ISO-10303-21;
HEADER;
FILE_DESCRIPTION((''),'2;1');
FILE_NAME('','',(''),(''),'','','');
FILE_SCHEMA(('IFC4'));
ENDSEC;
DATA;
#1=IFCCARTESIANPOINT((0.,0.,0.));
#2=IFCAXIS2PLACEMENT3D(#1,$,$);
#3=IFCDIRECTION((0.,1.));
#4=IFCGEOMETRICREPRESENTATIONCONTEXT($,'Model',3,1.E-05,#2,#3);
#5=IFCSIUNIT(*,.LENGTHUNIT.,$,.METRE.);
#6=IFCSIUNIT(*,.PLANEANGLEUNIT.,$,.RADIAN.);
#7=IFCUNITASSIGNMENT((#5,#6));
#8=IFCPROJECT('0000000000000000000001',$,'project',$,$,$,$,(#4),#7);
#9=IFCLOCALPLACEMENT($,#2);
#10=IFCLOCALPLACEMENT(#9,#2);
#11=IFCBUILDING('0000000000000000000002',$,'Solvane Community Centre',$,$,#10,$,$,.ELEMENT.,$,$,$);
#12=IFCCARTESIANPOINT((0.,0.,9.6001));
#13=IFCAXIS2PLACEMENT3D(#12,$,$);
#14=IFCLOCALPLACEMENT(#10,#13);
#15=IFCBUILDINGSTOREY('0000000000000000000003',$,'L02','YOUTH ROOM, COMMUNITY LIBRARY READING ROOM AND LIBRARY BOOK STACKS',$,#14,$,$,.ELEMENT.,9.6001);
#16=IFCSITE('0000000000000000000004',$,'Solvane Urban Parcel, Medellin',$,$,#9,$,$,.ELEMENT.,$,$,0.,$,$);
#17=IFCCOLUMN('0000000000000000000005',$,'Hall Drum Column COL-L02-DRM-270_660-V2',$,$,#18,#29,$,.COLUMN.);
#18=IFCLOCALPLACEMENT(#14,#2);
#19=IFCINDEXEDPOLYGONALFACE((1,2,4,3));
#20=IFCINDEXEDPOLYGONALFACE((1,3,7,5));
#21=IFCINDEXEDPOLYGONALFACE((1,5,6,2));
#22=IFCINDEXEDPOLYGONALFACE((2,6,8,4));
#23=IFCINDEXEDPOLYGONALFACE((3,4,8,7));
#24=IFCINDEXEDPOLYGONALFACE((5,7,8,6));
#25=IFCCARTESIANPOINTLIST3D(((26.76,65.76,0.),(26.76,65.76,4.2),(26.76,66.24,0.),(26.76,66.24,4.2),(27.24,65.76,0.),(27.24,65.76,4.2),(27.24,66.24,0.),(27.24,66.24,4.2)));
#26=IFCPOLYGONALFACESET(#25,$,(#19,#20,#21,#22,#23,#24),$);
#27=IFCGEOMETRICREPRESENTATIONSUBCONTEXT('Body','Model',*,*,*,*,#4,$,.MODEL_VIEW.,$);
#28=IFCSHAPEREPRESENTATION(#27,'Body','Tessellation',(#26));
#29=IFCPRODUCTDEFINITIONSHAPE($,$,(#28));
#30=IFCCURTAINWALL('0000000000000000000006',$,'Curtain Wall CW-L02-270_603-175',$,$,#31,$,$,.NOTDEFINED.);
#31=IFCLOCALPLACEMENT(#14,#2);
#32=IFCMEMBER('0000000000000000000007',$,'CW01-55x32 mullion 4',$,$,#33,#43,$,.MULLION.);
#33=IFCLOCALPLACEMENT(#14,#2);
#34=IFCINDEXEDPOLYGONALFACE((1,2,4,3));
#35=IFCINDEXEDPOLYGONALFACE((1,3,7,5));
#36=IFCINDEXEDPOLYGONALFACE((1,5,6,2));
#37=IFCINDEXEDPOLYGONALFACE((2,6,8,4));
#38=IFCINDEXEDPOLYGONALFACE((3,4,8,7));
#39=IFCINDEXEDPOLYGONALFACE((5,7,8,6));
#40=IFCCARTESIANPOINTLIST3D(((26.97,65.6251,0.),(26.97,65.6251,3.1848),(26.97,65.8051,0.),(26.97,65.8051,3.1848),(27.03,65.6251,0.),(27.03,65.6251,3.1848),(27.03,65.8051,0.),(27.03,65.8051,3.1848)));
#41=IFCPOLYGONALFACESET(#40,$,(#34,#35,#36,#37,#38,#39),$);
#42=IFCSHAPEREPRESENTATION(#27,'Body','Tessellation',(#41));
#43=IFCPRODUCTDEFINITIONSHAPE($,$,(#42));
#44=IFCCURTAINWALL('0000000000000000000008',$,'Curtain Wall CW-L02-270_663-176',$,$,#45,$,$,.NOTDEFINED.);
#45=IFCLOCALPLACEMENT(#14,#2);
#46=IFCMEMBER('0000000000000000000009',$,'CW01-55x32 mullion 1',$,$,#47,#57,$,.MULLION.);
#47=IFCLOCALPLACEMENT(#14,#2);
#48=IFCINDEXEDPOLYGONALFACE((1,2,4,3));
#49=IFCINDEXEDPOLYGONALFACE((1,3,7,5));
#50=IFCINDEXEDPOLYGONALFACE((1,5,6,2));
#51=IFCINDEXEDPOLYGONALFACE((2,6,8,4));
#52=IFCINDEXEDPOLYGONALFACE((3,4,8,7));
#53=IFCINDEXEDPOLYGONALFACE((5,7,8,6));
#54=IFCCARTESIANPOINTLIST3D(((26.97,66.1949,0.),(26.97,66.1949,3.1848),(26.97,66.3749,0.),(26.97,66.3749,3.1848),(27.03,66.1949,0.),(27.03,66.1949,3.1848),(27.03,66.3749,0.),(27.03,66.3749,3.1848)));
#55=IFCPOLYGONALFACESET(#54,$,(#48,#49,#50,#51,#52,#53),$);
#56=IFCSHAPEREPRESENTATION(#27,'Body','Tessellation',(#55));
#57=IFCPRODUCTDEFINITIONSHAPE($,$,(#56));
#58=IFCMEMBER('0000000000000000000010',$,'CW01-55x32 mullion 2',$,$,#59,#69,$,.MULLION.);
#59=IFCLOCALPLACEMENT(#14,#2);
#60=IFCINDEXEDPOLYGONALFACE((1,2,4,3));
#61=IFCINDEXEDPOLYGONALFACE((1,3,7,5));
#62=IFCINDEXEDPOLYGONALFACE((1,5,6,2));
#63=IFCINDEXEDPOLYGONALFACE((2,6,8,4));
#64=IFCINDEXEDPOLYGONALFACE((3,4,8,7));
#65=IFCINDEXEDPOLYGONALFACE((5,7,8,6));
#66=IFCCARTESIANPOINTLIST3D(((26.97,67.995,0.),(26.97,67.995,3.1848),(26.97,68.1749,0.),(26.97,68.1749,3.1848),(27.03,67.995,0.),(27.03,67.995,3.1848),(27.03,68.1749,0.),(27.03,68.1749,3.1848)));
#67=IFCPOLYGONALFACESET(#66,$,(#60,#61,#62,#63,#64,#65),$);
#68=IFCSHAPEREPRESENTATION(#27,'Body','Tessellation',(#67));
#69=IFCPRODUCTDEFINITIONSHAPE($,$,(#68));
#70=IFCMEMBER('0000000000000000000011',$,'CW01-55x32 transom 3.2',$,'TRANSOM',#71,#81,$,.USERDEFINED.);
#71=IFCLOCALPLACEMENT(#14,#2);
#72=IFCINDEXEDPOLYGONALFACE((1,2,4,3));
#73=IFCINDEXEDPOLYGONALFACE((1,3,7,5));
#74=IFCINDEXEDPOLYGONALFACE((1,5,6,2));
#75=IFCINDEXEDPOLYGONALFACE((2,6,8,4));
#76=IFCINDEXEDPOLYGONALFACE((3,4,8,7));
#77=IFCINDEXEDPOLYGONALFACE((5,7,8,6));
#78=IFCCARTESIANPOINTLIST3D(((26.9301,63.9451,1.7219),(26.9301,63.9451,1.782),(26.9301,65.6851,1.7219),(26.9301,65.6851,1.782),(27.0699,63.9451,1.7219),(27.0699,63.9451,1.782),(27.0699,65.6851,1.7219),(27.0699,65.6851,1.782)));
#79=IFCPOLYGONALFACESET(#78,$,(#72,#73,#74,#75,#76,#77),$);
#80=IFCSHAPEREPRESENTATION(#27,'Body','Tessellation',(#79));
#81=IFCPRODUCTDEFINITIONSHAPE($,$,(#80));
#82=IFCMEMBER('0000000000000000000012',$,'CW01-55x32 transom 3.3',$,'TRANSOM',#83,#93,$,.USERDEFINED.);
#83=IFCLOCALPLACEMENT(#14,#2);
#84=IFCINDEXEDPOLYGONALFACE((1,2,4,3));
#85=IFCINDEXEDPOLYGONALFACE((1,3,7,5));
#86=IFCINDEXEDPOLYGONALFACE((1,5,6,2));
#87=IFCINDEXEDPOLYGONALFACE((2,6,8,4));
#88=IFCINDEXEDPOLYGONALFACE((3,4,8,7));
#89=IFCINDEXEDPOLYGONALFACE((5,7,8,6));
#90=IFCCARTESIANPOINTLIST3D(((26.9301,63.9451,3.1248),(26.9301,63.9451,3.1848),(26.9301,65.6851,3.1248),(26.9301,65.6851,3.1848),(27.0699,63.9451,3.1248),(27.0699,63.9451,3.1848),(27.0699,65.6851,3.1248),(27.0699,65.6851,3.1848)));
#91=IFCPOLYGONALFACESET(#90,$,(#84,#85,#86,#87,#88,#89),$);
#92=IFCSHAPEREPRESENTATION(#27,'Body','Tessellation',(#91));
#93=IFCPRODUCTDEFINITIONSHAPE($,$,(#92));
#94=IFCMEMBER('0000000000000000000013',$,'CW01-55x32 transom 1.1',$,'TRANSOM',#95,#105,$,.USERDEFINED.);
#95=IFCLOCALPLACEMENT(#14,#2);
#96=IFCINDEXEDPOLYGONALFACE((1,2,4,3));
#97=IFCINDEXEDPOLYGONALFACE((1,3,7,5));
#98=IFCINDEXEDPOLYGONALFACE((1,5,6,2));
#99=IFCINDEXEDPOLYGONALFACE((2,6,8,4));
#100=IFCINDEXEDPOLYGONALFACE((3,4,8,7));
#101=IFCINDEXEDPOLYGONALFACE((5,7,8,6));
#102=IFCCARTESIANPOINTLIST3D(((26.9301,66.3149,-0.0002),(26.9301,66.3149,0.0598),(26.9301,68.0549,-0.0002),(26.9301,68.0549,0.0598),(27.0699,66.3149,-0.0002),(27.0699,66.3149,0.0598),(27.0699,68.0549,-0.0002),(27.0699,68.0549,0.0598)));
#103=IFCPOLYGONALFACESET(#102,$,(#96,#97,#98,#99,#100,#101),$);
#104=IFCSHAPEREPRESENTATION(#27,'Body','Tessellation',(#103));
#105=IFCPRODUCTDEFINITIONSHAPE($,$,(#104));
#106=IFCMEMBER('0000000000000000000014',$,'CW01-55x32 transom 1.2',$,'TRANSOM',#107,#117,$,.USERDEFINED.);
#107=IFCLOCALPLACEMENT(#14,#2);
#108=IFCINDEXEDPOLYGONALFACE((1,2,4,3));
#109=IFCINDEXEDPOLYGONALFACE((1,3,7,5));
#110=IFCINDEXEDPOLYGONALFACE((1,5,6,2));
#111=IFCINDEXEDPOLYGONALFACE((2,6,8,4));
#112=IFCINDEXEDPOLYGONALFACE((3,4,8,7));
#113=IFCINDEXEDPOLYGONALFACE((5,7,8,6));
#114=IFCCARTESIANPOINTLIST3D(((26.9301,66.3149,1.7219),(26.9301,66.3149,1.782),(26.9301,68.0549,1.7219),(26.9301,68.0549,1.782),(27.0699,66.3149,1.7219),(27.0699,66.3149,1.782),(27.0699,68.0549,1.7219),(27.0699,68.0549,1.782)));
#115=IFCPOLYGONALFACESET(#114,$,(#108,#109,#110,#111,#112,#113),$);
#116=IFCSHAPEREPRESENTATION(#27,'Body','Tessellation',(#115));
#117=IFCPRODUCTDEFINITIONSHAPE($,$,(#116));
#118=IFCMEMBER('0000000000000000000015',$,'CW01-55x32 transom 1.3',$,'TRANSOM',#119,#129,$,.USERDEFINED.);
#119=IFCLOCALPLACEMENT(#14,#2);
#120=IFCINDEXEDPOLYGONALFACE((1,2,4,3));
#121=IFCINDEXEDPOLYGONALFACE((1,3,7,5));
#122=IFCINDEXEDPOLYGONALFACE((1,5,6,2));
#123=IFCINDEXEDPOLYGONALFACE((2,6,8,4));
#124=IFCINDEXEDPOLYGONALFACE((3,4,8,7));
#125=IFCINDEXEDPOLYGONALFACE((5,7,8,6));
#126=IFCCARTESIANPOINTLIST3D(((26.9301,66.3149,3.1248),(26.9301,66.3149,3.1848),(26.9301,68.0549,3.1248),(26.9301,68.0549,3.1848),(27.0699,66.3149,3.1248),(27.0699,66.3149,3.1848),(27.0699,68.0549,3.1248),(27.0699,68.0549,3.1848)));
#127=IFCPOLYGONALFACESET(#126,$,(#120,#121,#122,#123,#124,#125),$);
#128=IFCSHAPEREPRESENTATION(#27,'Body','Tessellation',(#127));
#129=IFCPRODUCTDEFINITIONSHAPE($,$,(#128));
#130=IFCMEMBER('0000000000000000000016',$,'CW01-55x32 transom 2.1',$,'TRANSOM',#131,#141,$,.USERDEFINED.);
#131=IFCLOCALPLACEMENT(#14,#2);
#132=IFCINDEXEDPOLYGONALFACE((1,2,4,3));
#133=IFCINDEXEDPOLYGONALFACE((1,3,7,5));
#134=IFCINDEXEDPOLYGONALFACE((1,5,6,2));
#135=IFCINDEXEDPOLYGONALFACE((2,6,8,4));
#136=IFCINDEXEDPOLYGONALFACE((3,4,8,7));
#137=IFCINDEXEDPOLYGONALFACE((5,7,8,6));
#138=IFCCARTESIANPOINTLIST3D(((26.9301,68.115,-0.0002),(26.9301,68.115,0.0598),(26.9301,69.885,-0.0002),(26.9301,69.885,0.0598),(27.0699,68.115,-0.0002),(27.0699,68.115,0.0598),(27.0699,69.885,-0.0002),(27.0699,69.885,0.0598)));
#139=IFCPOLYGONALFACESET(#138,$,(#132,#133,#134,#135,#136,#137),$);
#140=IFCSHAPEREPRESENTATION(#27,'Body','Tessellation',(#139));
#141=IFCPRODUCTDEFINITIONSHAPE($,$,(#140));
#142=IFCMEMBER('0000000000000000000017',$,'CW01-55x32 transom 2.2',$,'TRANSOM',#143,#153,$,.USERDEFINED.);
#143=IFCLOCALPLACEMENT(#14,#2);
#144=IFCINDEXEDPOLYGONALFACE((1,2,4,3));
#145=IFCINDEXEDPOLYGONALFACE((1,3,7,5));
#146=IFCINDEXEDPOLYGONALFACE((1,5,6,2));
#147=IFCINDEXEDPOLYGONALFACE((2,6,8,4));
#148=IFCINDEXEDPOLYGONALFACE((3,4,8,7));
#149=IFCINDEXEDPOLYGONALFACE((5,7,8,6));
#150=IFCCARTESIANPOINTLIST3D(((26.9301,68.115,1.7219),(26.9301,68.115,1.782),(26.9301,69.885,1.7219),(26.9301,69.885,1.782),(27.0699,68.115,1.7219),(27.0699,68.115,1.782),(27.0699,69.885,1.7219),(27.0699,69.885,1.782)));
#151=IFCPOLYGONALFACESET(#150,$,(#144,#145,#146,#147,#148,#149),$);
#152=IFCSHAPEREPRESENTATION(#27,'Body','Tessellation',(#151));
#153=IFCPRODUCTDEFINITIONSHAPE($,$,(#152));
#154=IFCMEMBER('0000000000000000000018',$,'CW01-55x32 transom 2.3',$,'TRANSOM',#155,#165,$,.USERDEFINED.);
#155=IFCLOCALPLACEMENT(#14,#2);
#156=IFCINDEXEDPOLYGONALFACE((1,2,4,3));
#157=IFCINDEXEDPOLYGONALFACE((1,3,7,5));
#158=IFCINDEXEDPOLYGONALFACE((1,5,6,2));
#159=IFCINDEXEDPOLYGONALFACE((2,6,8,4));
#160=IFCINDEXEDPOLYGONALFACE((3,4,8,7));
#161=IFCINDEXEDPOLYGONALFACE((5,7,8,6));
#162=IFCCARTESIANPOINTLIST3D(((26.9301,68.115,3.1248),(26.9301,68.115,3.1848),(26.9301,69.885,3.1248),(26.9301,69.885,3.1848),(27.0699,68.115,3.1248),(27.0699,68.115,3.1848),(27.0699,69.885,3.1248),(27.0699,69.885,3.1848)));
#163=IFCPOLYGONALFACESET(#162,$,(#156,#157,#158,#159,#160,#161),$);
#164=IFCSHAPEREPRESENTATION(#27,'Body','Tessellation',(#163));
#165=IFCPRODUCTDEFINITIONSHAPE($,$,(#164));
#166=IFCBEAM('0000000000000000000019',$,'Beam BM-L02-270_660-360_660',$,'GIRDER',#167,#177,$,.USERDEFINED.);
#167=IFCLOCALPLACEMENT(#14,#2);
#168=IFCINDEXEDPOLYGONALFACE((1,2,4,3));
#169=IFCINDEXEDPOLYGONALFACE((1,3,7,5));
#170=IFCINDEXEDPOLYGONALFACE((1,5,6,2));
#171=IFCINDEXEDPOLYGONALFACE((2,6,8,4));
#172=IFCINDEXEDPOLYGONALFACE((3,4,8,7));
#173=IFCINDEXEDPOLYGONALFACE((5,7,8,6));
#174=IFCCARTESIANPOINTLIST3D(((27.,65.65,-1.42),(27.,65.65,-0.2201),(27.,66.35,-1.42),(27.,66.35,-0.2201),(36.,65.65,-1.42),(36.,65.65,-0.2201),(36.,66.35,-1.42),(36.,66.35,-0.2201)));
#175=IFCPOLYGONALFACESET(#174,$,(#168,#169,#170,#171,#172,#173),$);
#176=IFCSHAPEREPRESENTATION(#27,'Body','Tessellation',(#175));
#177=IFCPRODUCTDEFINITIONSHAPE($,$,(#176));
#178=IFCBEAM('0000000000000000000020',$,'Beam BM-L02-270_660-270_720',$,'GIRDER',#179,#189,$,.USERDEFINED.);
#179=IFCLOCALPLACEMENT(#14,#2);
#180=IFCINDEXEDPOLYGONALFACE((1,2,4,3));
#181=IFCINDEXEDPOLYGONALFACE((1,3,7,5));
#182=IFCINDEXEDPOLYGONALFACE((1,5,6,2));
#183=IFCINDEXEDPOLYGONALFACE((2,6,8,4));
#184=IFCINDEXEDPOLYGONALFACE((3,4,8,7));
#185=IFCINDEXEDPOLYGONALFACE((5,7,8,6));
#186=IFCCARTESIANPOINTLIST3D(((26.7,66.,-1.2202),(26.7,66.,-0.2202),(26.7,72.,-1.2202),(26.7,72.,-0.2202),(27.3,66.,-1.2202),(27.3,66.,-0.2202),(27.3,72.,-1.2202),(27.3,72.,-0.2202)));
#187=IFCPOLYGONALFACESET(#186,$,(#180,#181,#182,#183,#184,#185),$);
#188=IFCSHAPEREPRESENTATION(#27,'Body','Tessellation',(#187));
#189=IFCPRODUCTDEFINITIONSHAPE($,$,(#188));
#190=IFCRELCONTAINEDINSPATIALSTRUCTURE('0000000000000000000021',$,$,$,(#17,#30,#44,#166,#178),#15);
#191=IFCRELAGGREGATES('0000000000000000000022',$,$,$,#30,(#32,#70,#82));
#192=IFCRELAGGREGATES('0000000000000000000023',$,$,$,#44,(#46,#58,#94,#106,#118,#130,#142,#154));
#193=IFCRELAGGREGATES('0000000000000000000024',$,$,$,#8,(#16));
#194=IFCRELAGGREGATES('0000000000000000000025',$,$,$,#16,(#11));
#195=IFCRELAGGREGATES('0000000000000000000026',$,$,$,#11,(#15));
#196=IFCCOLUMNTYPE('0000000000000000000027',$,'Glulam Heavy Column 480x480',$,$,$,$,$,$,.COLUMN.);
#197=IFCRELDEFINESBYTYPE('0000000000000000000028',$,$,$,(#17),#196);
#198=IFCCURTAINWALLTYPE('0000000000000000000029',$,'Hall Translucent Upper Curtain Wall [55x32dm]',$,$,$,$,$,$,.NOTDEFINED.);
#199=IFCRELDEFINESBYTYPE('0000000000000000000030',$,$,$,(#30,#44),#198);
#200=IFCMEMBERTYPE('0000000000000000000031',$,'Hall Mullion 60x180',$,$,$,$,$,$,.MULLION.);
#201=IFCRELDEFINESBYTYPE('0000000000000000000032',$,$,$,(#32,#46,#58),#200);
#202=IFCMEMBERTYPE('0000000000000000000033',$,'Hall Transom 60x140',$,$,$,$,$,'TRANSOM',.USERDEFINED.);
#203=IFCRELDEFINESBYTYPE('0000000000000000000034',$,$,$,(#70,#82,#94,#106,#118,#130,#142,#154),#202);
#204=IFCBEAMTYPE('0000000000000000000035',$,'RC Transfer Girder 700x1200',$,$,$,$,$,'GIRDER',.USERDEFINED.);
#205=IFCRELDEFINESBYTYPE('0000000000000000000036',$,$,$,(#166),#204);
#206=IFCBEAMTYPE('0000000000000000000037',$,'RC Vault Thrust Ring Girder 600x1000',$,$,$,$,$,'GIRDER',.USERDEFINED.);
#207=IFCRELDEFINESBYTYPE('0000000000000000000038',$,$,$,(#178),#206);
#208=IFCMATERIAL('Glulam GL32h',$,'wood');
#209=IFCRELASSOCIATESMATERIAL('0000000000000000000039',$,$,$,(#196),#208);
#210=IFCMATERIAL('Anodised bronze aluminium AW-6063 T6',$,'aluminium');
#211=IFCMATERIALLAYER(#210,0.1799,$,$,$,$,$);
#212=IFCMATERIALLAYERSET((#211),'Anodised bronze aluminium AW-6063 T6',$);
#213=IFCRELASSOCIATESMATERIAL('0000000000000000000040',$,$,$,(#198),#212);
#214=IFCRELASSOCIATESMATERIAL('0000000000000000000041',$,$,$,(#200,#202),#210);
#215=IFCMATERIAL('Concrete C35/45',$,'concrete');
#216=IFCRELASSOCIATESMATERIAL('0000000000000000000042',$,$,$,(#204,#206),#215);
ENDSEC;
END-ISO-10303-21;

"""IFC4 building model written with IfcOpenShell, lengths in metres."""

from ifc_helpers import new_model, si_unit, direction, frame, origin, origin_2d, place, context, subcontext, project, spatial, rectangle, extrude, material, layer, layer_set, material_profile, profile_set, type_object, element, aggregate, save


model = new_model("IFC4")

# Units and contexts
model_context = context("Model", 3, precision=1e-05, world=origin(), true_north=direction((0.0, 1.0)))
body_context = subcontext(model_context, "Body", "Model", "MODEL_VIEW")
ifc_project = project(units=[si_unit("LENGTHUNIT", "METRE"), si_unit("PLANEANGLEUNIT", "RADIAN")], contexts=[model_context])

# Site, building, storey
site_placement = place(None, origin())
site = spatial("IfcSite", under=ifc_project, at=site_placement, Name="Solvane Urban Parcel, Medellin", CompositionType="ELEMENT", RefElevation=0.0)
building_placement = place(site_placement, origin())
building = spatial("IfcBuilding", under=site, at=building_placement, Name="Solvane Community Centre", CompositionType="ELEMENT")
storey_placement = place(building_placement, frame((0.0, 0.0, 9.6001)))
storey = spatial("IfcBuildingStorey", under=building, at=storey_placement, Name="L02", Description="YOUTH ROOM, COMMUNITY LIBRARY READING ROOM AND LIBRARY BOOK STACKS", CompositionType="ELEMENT", Elevation=9.6001)

# Column
ifc_material_1 = material(Name="Glulam GL32h", Category="wood")
ifc_material_profile_1 = material_profile(ifc_material_1, rectangle(XDim=0.48, YDim=0.48, at=origin_2d()), Name="GL32h 480x480")
ifc_profile_set_1 = profile_set([ifc_material_profile_1], Name="Glulam GL32h")
column_type = type_object("IfcColumnType", Name="Glulam Heavy Column 480x480", PredefinedType="COLUMN", material=ifc_profile_set_1)
column_placement = place(storey_placement, frame((27.0, 66.0, 0.0), z_axis=(0.0, 0.0, 1.0), x_axis=(1.0, 0.0, 0.0)))
element("IfcColumn", 1, at=column_placement, inside=storey, type_object=column_type, Name="Hall Drum Column COL-L02-DRM-270_660-V2", PredefinedType="COLUMN", context=body_context, shape_type="SweptSolid", body=[
    extrude(rectangle(XDim=0.48, YDim=0.48, at=origin_2d()), origin(), (0.0, 0.0, 1.0), 4.2),
])

# Curtain wall, member
ifc_material_2 = material(Name="Anodised bronze aluminium AW-6063 T6", Category="aluminium")
ifc_layer_1 = layer(ifc_material_2, 0.1799)
ifc_layer_set_1 = layer_set([ifc_layer_1], Name="Anodised bronze aluminium AW-6063 T6")
curtain_wall_type = type_object("IfcCurtainWallType", Name="Hall Translucent Upper Curtain Wall [55x32dm]", PredefinedType="NOTDEFINED", material=ifc_layer_set_1)
curtain_wall_1_placement = place(storey_placement, origin())
curtain_wall_1 = element("IfcCurtainWall", 2, at=curtain_wall_1_placement, inside=storey, type_object=curtain_wall_type, Name="Curtain Wall CW-L02-270_603-175", PredefinedType="NOTDEFINED")
ifc_material_profile_2 = material_profile(ifc_material_2, rectangle(XDim=0.0601, YDim=0.1799, at=origin_2d()), Name="CW-M 60x180")
ifc_profile_set_2 = profile_set([ifc_material_profile_2], Name="Anodised bronze aluminium AW-6063 T6")
member_type_1 = type_object("IfcMemberType", Name="Hall Mullion 60x180", PredefinedType="MULLION", material=ifc_profile_set_2)
member_1_placement = place(storey_placement, frame((27.0, 65.7151, 0.0), z_axis=(0.0, 0.0, 1.0), x_axis=(-1.0, 0.0, 0.0)))
member_1 = element("IfcMember", 3, at=member_1_placement, type_object=member_type_1, Name="CW01-55x32 mullion 4", PredefinedType="MULLION", context=body_context, shape_type="SweptSolid", body=[
    extrude(rectangle(XDim=0.0601, YDim=0.1799, at=origin_2d()), origin(), (0.0, 0.0, 1.0), 3.1848),
])

# Curtain wall, members
curtain_wall_2_placement = place(storey_placement, origin())
curtain_wall_2 = element("IfcCurtainWall", 4, at=curtain_wall_2_placement, inside=storey, type_object=curtain_wall_type, Name="Curtain Wall CW-L02-270_663-176", PredefinedType="NOTDEFINED")
member_2_placement = place(storey_placement, frame((27.0, 66.2849, 0.0), z_axis=(0.0, 0.0, 1.0), x_axis=(-1.0, 0.0, 0.0)))
member_2 = element("IfcMember", 5, at=member_2_placement, type_object=member_type_1, Name="CW01-55x32 mullion 1", PredefinedType="MULLION", context=body_context, shape_type="SweptSolid", body=[
    extrude(rectangle(XDim=0.0601, YDim=0.1799, at=origin_2d()), origin(), (0.0, 0.0, 1.0), 3.1848),
])
member_3_placement = place(storey_placement, frame((27.0, 68.085, 0.0), z_axis=(0.0, 0.0, 1.0), x_axis=(-1.0, 0.0, 0.0)))
member_3 = element("IfcMember", 6, at=member_3_placement, type_object=member_type_1, Name="CW01-55x32 mullion 2", PredefinedType="MULLION", context=body_context, shape_type="SweptSolid", body=[
    extrude(rectangle(XDim=0.0601, YDim=0.1799, at=origin_2d()), origin(), (0.0, 0.0, 1.0), 3.1848),
])

# Members
ifc_material_profile_3 = material_profile(ifc_material_2, rectangle(XDim=0.1399, YDim=0.0601, at=origin_2d()), Name="CW-T 60x140")
ifc_profile_set_3 = profile_set([ifc_material_profile_3], Name="Anodised bronze aluminium AW-6063 T6")
member_type_2 = type_object("IfcMemberType", Name="Hall Transom 60x140", ElementType="TRANSOM", PredefinedType="USERDEFINED", material=ifc_profile_set_3)
member_4_placement = place(storey_placement, frame((27.0, 63.9451, 1.752), z_axis=(0.0, 1.0, 0.0), x_axis=(-1.0, 0.0, 0.0)))
member_4 = element("IfcMember", 7, at=member_4_placement, type_object=member_type_2, Name="CW01-55x32 transom 3.2", ObjectType="TRANSOM", PredefinedType="USERDEFINED", context=body_context, shape_type="SweptSolid", body=[
    extrude(rectangle(XDim=0.1399, YDim=0.0601, at=origin_2d()), origin(), (0.0, 0.0, 1.0), 1.74),
])
member_5_placement = place(storey_placement, frame((27.0, 63.9451, 3.1548), z_axis=(0.0, 1.0, 0.0), x_axis=(-1.0, 0.0, 0.0)))
member_5 = element("IfcMember", 8, at=member_5_placement, type_object=member_type_2, Name="CW01-55x32 transom 3.3", ObjectType="TRANSOM", PredefinedType="USERDEFINED", context=body_context, shape_type="SweptSolid", body=[
    extrude(rectangle(XDim=0.1399, YDim=0.0601, at=origin_2d()), origin(), (0.0, 0.0, 1.0), 1.74),
])
member_6_placement = place(storey_placement, frame((27.0, 66.3149, 0.0298), z_axis=(0.0, 1.0, 0.0), x_axis=(-1.0, 0.0, 0.0)))
member_6 = element("IfcMember", 9, at=member_6_placement, type_object=member_type_2, Name="CW01-55x32 transom 1.1", ObjectType="TRANSOM", PredefinedType="USERDEFINED", context=body_context, shape_type="SweptSolid", body=[
    extrude(rectangle(XDim=0.1399, YDim=0.0601, at=origin_2d()), origin(), (0.0, 0.0, 1.0), 1.74),
])
member_7_placement = place(storey_placement, frame((27.0, 66.3149, 1.752), z_axis=(0.0, 1.0, 0.0), x_axis=(-1.0, 0.0, 0.0)))
member_7 = element("IfcMember", 10, at=member_7_placement, type_object=member_type_2, Name="CW01-55x32 transom 1.2", ObjectType="TRANSOM", PredefinedType="USERDEFINED", context=body_context, shape_type="SweptSolid", body=[
    extrude(rectangle(XDim=0.1399, YDim=0.0601, at=origin_2d()), origin(), (0.0, 0.0, 1.0), 1.74),
])
member_8_placement = place(storey_placement, frame((27.0, 66.3149, 3.1548), z_axis=(0.0, 1.0, 0.0), x_axis=(-1.0, 0.0, 0.0)))
member_8 = element("IfcMember", 11, at=member_8_placement, type_object=member_type_2, Name="CW01-55x32 transom 1.3", ObjectType="TRANSOM", PredefinedType="USERDEFINED", context=body_context, shape_type="SweptSolid", body=[
    extrude(rectangle(XDim=0.1399, YDim=0.0601, at=origin_2d()), origin(), (0.0, 0.0, 1.0), 1.74),
])
member_9_placement = place(storey_placement, frame((27.0, 68.115, 0.0298), z_axis=(0.0, 1.0, 0.0), x_axis=(-1.0, 0.0, 0.0)))
member_9 = element("IfcMember", 12, at=member_9_placement, type_object=member_type_2, Name="CW01-55x32 transom 2.1", ObjectType="TRANSOM", PredefinedType="USERDEFINED", context=body_context, shape_type="SweptSolid", body=[
    extrude(rectangle(XDim=0.1399, YDim=0.0601, at=origin_2d()), origin(), (0.0, 0.0, 1.0), 1.77),
])
member_10_placement = place(storey_placement, frame((27.0, 68.115, 1.752), z_axis=(0.0, 1.0, 0.0), x_axis=(-1.0, 0.0, 0.0)))
member_10 = element("IfcMember", 13, at=member_10_placement, type_object=member_type_2, Name="CW01-55x32 transom 2.2", ObjectType="TRANSOM", PredefinedType="USERDEFINED", context=body_context, shape_type="SweptSolid", body=[
    extrude(rectangle(XDim=0.1399, YDim=0.0601, at=origin_2d()), origin(), (0.0, 0.0, 1.0), 1.77),
])
member_11_placement = place(storey_placement, frame((27.0, 68.115, 3.1548), z_axis=(0.0, 1.0, 0.0), x_axis=(-1.0, 0.0, 0.0)))
member_11 = element("IfcMember", 14, at=member_11_placement, type_object=member_type_2, Name="CW01-55x32 transom 2.3", ObjectType="TRANSOM", PredefinedType="USERDEFINED", context=body_context, shape_type="SweptSolid", body=[
    extrude(rectangle(XDim=0.1399, YDim=0.0601, at=origin_2d()), origin(), (0.0, 0.0, 1.0), 1.77),
])

# Beams
ifc_material_3 = material(Name="Concrete C35/45", Category="concrete")
ifc_material_profile_4 = material_profile(ifc_material_3, rectangle(XDim=0.7, YDim=1.2, at=origin_2d()), Name="RC 700x1200")
ifc_profile_set_4 = profile_set([ifc_material_profile_4], Name="Concrete C35/45")
beam_type_1 = type_object("IfcBeamType", Name="RC Transfer Girder 700x1200", ElementType="GIRDER", PredefinedType="USERDEFINED", material=ifc_profile_set_4)
beam_placement = place(storey_placement, frame((27.0, 66.0, -0.8201), z_axis=(1.0, 0.0, 0.0), x_axis=(0.0, 1.0, 0.0)))
element("IfcBeam", 15, at=beam_placement, inside=storey, type_object=beam_type_1, Name="Beam BM-L02-270_660-360_660", ObjectType="GIRDER", PredefinedType="USERDEFINED", context=body_context, shape_type="SweptSolid", body=[
    extrude(rectangle(XDim=0.7, YDim=1.2, at=origin_2d()), origin(), (0.0, 0.0, 1.0), 9.0),
])
ifc_material_profile_5 = material_profile(ifc_material_3, rectangle(XDim=0.6001, YDim=1.0, at=origin_2d()), Name="RC 600x1000")
ifc_profile_set_5 = profile_set([ifc_material_profile_5], Name="Concrete C35/45")
beam_type_2 = type_object("IfcBeamType", Name="RC Vault Thrust Ring Girder 600x1000", ElementType="GIRDER", PredefinedType="USERDEFINED", material=ifc_profile_set_5)
for number, where, z_axis, x_axis, name in (
    (16, (27.0, 66.0, -0.7202), (0.0, 1.0, 0.0), (-1.0, 0.0, 0.0), "Beam BM-L02-270_660-270_720"),
):
    element("IfcBeam", number, at=place(storey_placement, frame(where, z_axis=z_axis, x_axis=x_axis)), inside=storey, type_object=beam_type_2, Name=name, ObjectType="GIRDER", PredefinedType="USERDEFINED", context=body_context, shape_type="SweptSolid", body=[
        extrude(rectangle(XDim=0.6001, YDim=1.0, at=origin_2d()), origin(), (0.0, 0.0, 1.0), 6.0),
    ])

aggregate(curtain_wall_1, [member_1, member_4, member_5])
aggregate(curtain_wall_2, [member_2, member_3, member_6, member_7, member_8, member_9, member_10, member_11])

save(model, "model.ifc")
